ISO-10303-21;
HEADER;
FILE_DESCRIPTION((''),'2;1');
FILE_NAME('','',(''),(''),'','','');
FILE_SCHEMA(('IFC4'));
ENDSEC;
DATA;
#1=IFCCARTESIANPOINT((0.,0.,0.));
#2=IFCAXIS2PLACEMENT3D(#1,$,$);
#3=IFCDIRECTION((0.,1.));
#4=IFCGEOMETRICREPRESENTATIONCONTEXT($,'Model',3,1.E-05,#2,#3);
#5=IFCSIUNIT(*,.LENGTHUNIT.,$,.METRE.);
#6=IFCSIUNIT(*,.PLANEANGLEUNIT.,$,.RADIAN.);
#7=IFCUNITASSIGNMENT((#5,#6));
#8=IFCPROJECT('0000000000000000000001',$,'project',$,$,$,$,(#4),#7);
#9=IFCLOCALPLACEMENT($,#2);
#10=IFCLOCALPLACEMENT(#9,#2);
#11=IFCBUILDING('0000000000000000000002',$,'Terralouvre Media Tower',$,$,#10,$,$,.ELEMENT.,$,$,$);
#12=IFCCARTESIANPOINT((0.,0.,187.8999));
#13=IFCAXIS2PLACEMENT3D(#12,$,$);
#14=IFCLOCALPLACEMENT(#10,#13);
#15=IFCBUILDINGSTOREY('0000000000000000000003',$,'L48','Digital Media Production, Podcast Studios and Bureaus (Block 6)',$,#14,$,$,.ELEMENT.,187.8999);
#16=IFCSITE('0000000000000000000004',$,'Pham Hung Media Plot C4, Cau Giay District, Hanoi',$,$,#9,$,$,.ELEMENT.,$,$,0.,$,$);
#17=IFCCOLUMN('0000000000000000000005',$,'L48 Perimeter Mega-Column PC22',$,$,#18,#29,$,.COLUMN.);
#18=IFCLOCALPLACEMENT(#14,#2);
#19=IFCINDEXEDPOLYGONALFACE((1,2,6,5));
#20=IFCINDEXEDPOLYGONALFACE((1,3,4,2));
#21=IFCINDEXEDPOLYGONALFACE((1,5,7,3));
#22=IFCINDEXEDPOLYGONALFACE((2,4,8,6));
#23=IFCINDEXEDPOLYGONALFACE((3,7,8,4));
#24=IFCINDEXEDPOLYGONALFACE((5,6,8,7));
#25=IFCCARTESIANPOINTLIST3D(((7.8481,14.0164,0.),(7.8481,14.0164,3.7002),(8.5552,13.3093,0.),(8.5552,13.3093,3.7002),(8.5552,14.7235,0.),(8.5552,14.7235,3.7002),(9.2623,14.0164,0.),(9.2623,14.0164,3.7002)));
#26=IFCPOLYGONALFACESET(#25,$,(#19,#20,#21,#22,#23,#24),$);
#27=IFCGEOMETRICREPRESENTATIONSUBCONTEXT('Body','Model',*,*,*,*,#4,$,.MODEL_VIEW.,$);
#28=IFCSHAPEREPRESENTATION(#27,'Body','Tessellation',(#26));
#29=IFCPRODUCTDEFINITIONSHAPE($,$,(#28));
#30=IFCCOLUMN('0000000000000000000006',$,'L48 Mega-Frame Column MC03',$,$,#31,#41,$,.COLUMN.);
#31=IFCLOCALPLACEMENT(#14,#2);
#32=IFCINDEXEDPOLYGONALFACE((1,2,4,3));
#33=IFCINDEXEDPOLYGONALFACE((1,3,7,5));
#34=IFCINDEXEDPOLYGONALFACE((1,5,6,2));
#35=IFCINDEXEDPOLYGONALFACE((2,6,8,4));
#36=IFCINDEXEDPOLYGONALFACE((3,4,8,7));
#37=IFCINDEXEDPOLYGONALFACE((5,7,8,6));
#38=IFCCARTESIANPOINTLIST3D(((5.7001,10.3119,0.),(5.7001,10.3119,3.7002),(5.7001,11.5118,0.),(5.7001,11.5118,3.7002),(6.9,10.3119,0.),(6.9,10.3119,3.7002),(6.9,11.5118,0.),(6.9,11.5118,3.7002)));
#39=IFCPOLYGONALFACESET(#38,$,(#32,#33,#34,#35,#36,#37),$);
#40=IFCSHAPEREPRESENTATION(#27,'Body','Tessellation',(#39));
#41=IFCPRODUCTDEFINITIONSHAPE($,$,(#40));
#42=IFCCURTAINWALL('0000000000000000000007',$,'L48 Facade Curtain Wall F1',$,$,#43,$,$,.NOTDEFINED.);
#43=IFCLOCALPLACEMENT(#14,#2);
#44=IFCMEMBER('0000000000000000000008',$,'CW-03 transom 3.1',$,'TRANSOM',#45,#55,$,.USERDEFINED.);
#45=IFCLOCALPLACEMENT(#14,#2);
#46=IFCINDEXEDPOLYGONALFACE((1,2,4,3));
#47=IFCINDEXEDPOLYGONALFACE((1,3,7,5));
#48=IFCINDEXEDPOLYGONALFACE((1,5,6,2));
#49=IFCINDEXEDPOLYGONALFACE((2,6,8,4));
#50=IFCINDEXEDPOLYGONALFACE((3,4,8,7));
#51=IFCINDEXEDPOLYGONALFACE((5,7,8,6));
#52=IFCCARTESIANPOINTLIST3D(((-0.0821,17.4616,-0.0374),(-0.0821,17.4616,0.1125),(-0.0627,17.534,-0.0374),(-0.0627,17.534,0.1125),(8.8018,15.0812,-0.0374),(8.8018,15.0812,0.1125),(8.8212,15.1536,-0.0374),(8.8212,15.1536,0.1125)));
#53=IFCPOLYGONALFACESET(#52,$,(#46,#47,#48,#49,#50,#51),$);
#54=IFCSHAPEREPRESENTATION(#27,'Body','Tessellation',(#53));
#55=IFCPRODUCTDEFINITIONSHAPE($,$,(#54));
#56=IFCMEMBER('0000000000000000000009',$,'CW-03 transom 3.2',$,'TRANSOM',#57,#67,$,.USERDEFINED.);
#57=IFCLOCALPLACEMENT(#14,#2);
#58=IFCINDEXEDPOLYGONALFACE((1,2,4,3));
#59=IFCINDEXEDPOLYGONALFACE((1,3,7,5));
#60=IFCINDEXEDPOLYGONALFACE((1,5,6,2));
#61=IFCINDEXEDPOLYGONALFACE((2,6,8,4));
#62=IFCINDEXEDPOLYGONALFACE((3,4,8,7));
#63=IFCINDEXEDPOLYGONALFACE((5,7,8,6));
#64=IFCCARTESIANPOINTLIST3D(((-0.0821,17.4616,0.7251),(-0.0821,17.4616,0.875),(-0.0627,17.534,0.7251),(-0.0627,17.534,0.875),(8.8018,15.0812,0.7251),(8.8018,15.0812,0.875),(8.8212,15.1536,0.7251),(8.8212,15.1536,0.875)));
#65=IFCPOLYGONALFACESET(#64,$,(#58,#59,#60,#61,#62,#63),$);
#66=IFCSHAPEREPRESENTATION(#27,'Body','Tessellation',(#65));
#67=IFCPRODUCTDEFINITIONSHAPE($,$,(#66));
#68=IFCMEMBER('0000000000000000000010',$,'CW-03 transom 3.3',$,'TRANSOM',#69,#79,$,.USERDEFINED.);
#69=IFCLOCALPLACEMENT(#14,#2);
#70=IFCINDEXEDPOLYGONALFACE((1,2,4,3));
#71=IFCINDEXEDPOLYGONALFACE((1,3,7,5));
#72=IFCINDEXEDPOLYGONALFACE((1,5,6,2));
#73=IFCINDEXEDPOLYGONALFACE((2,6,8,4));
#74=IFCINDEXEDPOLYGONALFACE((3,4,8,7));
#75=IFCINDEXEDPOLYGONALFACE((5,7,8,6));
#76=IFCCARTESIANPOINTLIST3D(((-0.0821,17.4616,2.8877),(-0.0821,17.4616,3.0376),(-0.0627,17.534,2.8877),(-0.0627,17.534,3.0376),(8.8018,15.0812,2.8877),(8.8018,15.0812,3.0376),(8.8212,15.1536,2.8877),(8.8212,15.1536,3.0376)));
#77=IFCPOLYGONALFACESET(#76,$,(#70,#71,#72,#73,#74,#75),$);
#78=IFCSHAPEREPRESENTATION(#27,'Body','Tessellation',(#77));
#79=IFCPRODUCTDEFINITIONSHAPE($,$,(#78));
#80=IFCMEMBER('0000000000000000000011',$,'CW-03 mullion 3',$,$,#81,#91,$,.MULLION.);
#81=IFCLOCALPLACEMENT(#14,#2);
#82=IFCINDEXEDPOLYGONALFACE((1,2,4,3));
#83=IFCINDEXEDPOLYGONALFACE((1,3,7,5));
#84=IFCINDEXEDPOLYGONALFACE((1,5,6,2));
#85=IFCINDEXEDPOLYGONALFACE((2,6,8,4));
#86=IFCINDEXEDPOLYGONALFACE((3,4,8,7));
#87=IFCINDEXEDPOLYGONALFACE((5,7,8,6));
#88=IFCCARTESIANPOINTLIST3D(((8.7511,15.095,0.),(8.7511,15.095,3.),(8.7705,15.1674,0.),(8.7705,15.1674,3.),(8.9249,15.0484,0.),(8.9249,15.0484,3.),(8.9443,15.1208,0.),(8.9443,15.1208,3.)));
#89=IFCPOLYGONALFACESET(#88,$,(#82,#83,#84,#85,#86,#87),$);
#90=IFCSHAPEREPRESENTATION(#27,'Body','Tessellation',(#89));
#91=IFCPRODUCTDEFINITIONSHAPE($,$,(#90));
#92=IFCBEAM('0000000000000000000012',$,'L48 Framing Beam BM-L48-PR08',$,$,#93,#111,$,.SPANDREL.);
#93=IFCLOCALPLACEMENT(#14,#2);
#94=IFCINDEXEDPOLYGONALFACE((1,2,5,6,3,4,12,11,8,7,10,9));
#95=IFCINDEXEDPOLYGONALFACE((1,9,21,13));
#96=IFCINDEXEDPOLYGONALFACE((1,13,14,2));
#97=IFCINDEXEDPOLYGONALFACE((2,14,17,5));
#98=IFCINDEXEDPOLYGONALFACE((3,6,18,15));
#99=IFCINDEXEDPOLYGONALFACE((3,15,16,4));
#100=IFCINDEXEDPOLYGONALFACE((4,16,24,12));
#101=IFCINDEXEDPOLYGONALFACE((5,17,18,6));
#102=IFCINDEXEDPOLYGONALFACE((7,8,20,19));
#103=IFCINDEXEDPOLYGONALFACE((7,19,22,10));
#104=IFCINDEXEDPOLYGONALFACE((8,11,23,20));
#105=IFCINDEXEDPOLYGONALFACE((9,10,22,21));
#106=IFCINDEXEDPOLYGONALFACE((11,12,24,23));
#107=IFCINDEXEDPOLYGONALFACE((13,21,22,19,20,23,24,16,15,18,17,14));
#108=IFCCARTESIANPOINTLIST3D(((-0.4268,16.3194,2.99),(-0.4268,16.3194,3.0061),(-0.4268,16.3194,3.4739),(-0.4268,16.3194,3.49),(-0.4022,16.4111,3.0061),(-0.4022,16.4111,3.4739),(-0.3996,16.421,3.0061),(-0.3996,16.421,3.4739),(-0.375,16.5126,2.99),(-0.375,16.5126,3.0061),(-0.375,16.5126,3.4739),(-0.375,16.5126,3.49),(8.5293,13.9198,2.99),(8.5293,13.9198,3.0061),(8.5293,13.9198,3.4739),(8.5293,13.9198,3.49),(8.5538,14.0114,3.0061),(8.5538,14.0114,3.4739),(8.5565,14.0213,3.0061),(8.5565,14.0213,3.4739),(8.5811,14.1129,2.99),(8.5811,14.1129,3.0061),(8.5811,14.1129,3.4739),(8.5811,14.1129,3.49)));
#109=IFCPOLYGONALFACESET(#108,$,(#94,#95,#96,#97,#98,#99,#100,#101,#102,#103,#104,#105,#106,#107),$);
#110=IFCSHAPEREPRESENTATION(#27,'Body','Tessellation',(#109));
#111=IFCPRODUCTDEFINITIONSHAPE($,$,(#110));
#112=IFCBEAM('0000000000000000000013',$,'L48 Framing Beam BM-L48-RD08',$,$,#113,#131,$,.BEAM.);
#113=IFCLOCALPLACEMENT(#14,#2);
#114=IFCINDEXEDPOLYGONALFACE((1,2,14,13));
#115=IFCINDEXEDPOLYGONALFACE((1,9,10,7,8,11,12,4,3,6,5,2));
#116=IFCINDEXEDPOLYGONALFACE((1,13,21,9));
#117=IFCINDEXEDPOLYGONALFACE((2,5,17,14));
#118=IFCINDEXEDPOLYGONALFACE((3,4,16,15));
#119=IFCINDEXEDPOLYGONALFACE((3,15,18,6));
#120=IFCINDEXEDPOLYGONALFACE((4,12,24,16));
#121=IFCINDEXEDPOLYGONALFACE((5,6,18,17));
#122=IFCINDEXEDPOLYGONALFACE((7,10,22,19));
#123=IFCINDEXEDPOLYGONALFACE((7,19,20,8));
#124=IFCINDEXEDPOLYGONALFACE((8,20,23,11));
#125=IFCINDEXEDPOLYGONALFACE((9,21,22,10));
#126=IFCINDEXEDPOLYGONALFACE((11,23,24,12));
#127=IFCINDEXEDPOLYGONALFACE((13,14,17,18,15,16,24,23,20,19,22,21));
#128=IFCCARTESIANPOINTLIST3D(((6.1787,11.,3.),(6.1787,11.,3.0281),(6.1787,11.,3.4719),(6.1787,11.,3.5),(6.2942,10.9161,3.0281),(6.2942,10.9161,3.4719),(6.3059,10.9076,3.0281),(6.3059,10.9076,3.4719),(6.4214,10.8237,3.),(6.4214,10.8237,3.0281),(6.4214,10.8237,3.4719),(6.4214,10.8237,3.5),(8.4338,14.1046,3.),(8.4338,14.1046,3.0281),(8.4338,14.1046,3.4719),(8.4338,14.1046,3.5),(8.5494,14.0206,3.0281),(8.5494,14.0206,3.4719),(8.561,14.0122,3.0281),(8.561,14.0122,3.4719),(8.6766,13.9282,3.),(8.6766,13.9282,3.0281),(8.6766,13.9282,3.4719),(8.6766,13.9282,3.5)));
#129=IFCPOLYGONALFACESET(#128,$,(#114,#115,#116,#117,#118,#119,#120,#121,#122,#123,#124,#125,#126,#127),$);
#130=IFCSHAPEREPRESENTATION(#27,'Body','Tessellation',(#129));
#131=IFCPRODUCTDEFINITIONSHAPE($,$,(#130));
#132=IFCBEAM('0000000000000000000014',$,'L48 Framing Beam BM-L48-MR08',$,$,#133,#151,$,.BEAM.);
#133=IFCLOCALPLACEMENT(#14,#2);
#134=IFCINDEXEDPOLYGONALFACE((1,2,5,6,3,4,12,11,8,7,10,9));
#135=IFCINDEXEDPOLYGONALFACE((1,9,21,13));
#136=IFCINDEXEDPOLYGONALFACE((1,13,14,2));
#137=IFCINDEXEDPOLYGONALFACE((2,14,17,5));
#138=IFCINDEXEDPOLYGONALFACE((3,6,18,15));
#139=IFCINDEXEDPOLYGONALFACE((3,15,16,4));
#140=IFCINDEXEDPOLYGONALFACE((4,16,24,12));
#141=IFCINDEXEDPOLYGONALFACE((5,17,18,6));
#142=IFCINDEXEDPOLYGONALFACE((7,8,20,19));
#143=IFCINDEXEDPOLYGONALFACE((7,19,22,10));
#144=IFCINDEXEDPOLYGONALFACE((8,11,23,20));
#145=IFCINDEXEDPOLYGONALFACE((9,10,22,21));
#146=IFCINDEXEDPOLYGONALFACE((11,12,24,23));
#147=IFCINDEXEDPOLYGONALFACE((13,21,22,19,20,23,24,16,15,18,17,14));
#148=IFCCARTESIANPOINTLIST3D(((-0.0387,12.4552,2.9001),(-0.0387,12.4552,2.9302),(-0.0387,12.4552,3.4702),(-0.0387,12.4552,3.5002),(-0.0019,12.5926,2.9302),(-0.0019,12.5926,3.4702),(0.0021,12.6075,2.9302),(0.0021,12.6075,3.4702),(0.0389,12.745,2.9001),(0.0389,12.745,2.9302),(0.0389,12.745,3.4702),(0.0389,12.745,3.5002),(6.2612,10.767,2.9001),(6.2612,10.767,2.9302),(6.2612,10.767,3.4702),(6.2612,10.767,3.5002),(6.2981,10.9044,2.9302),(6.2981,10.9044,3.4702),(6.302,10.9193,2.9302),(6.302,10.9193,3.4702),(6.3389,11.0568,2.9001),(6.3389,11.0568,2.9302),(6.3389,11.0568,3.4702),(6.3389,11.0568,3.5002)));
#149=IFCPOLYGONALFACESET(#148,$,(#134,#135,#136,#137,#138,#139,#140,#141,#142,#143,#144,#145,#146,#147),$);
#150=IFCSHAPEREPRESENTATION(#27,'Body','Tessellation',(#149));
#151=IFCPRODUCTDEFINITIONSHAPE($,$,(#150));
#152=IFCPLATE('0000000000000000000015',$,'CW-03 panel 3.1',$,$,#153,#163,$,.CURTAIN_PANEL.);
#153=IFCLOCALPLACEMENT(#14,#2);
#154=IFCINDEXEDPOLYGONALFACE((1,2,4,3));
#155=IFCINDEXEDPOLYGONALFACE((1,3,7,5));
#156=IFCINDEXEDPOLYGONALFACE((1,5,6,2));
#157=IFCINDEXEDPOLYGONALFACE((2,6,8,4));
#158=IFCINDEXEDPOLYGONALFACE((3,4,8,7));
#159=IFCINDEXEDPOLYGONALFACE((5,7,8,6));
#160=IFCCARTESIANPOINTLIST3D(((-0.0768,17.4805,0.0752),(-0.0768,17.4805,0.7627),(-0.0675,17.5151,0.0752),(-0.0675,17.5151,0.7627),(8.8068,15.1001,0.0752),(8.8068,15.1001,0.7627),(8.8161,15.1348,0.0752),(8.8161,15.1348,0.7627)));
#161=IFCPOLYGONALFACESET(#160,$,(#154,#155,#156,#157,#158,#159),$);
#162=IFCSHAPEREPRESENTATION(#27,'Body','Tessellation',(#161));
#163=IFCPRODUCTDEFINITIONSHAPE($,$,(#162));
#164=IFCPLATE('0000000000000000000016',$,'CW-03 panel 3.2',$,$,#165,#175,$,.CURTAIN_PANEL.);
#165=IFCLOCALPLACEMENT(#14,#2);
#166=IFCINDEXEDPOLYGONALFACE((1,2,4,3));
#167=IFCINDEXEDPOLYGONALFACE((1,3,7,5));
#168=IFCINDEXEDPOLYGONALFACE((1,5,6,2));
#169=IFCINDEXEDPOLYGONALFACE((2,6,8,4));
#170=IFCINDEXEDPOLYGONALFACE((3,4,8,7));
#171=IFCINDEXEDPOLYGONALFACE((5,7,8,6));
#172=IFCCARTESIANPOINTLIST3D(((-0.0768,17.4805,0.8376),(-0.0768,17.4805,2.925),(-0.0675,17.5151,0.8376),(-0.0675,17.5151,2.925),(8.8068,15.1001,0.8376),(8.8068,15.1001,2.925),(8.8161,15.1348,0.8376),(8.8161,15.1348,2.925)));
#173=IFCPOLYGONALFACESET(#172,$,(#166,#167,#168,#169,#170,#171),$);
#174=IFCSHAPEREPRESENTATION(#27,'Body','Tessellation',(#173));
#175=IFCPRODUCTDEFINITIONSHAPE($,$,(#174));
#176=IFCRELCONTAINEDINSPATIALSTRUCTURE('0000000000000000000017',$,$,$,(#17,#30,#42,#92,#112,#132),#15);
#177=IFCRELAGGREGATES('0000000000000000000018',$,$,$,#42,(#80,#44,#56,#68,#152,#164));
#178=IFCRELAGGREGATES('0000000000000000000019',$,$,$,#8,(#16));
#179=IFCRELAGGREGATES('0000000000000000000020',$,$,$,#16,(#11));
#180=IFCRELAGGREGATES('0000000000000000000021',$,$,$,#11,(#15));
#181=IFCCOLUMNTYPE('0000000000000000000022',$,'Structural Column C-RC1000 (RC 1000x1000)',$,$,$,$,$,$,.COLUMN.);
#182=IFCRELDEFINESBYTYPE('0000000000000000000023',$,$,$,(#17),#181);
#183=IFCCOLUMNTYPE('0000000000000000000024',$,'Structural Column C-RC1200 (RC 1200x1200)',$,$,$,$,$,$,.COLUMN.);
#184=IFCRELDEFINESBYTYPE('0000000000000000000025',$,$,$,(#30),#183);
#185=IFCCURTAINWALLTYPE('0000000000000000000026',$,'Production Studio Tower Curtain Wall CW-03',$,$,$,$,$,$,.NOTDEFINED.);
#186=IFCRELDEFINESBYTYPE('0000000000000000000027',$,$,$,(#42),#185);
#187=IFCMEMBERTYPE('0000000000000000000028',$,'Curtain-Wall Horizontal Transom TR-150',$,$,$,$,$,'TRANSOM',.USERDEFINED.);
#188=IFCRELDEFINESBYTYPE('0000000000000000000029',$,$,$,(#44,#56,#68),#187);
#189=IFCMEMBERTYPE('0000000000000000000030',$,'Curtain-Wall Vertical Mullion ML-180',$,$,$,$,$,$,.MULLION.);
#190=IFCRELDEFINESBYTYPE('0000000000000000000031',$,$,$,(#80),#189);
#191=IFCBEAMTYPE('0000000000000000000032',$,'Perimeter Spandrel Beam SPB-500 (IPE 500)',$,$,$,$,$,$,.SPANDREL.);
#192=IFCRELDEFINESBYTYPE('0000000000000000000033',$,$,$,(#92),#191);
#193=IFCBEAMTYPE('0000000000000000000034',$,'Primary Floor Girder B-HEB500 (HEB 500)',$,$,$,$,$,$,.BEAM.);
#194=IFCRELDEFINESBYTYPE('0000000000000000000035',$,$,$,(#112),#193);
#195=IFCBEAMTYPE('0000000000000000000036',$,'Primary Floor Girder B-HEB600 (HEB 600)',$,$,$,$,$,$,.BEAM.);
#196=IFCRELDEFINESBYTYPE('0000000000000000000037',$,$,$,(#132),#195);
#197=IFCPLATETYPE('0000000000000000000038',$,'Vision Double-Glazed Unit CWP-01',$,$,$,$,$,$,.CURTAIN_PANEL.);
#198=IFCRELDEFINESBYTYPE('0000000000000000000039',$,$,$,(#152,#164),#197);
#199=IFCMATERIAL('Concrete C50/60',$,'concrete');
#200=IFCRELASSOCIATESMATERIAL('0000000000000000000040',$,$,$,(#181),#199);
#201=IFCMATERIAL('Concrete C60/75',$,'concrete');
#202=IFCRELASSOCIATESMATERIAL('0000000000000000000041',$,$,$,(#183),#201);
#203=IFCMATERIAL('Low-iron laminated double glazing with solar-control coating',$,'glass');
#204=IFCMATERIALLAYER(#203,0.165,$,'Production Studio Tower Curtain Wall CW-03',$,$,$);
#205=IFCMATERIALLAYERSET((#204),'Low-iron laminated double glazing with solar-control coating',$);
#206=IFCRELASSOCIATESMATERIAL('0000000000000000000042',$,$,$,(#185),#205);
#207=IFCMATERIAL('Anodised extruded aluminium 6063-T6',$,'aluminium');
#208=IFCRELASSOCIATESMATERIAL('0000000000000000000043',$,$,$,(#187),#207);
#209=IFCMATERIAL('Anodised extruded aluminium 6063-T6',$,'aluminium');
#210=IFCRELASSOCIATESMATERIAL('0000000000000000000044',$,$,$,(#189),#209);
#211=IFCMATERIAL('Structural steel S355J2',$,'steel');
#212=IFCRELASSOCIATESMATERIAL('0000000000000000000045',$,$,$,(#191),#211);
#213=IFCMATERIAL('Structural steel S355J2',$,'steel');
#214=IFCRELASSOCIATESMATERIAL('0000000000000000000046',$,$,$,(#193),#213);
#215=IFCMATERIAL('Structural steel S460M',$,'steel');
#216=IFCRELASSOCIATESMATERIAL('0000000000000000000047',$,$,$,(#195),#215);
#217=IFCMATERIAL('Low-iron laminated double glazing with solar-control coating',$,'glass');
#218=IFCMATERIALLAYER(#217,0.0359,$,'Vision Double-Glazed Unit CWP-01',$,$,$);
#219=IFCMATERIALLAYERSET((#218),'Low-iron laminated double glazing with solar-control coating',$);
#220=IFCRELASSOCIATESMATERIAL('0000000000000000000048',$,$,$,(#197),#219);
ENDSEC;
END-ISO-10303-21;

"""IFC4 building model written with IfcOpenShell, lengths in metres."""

from ifc_helpers import new_model, si_unit, direction, frame, origin, origin_2d, place, context, subcontext, project, spatial, rectangle, i_section, extrude, material, layer, layer_set, material_profile, profile_set, type_object, element, aggregate, save


model = new_model("IFC4")

# Units and contexts
model_context = context("Model", 3, precision=1e-05, world=origin(), true_north=direction((0.0, 1.0)))
body_context = subcontext(model_context, "Body", "Model", "MODEL_VIEW")
ifc_project = project(units=[si_unit("LENGTHUNIT", "METRE"), si_unit("PLANEANGLEUNIT", "RADIAN")], contexts=[model_context])

# Site, building, storey
site_placement = place(None, origin())
site = spatial("IfcSite", under=ifc_project, at=site_placement, Name="Pham Hung Media Plot C4, Cau Giay District, Hanoi", CompositionType="ELEMENT", RefElevation=0.0)
building_placement = place(site_placement, origin())
building = spatial("IfcBuilding", under=site, at=building_placement, Name="Terralouvre Media Tower", CompositionType="ELEMENT")
storey_placement = place(building_placement, frame((0.0, 0.0, 187.8999)))
storey = spatial("IfcBuildingStorey", under=building, at=storey_placement, Name="L48", Description="Digital Media Production, Podcast Studios and Bureaus (Block 6)", CompositionType="ELEMENT", Elevation=187.8999)

# Columns
ifc_material_1 = material(Name="Concrete C50/60", Category="concrete")
ifc_material_profile_1 = material_profile(ifc_material_1, rectangle(XDim=1.0, YDim=1.0, at=origin_2d()), Name="RC 1000x1000")
ifc_profile_set_1 = profile_set([ifc_material_profile_1], Name="Concrete C50/60")
column_type_1 = type_object("IfcColumnType", Name="Structural Column C-RC1000 (RC 1000x1000)", PredefinedType="COLUMN", material=ifc_profile_set_1)
column_1_placement = place(storey_placement, frame((8.5552, 14.0164, 0.0), z_axis=(0.0, 0.0, 1.0), x_axis=(0.707107, 0.707107, 0.0)))
element("IfcColumn", 1, at=column_1_placement, inside=storey, type_object=column_type_1, Name="L48 Perimeter Mega-Column PC22", PredefinedType="COLUMN", context=body_context, shape_type="SweptSolid", body=[
    extrude(rectangle(XDim=1.0, YDim=1.0, at=origin_2d()), origin(), (0.0, 0.0, 1.0), 3.7002),
])
ifc_material_2 = material(Name="Concrete C60/75", Category="concrete")
ifc_material_profile_2 = material_profile(ifc_material_2, rectangle(XDim=1.2, YDim=1.2, at=origin_2d()), Name="RC 1200x1200")
ifc_profile_set_2 = profile_set([ifc_material_profile_2], Name="Concrete C60/75")
column_type_2 = type_object("IfcColumnType", Name="Structural Column C-RC1200 (RC 1200x1200)", PredefinedType="COLUMN", material=ifc_profile_set_2)
column_2_placement = place(storey_placement, frame((6.3, 10.9119, 0.0), z_axis=(0.0, 0.0, 1.0), x_axis=(1.0, 0.0, 0.0)))
element("IfcColumn", 2, at=column_2_placement, inside=storey, type_object=column_type_2, Name="L48 Mega-Frame Column MC03", PredefinedType="COLUMN", context=body_context, shape_type="SweptSolid", body=[
    extrude(rectangle(XDim=1.2, YDim=1.2, at=origin_2d()), origin(), (0.0, 0.0, 1.0), 3.7002),
])

# Curtain wall, members
ifc_material_3 = material(Name="Low-iron laminated double glazing with solar-control coating", Category="glass")
ifc_layer_1 = layer(ifc_material_3, 0.165, Name="Production Studio Tower Curtain Wall CW-03")
ifc_layer_set_1 = layer_set([ifc_layer_1], Name="Low-iron laminated double glazing with solar-control coating")
curtain_wall_type = type_object("IfcCurtainWallType", Name="Production Studio Tower Curtain Wall CW-03", PredefinedType="NOTDEFINED", material=ifc_layer_set_1)
curtain_wall_placement = place(storey_placement, origin())
curtain_wall = element("IfcCurtainWall", 3, at=curtain_wall_placement, inside=storey, type_object=curtain_wall_type, Name="L48 Facade Curtain Wall F1", PredefinedType="NOTDEFINED")
ifc_material_4 = material(Name="Anodised extruded aluminium 6063-T6", Category="aluminium")
ifc_material_profile_3 = material_profile(ifc_material_4, rectangle(XDim=0.075, YDim=0.1499, at=origin_2d()), Name="ALU 75x150")
ifc_profile_set_3 = profile_set([ifc_material_profile_3], Name="Anodised extruded aluminium 6063-T6")
member_type_1 = type_object("IfcMemberType", Name="Curtain-Wall Horizontal Transom TR-150", ElementType="TRANSOM", PredefinedType="USERDEFINED", material=ifc_profile_set_3)
member_1_placement = place(storey_placement, frame((8.8115, 15.1174, 0.0376), z_axis=(-0.965927, 0.258816, 0.0), x_axis=(-0.258816, -0.965927, 0.0)))
member_1 = element("IfcMember", 4, at=member_1_placement, type_object=member_type_1, Name="CW-03 transom 3.1", ObjectType="TRANSOM", PredefinedType="USERDEFINED", context=body_context, shape_type="SweptSolid", body=[
    extrude(rectangle(XDim=0.075, YDim=0.1499, at=origin_2d()), origin(), (0.0, 0.0, 1.0), 9.1973),
])
member_2_placement = place(storey_placement, frame((8.8115, 15.1174, 0.8), z_axis=(-0.965927, 0.258816, 0.0), x_axis=(-0.258816, -0.965927, 0.0)))
member_2 = element("IfcMember", 5, at=member_2_placement, type_object=member_type_1, Name="CW-03 transom 3.2", ObjectType="TRANSOM", PredefinedType="USERDEFINED", context=body_context, shape_type="SweptSolid", body=[
    extrude(rectangle(XDim=0.075, YDim=0.1499, at=origin_2d()), origin(), (0.0, 0.0, 1.0), 9.1973),
])
member_3_placement = place(storey_placement, frame((8.8115, 15.1174, 2.9626), z_axis=(-0.965927, 0.258816, 0.0), x_axis=(-0.258816, -0.965927, 0.0)))
member_3 = element("IfcMember", 6, at=member_3_placement, type_object=member_type_1, Name="CW-03 transom 3.3", ObjectType="TRANSOM", PredefinedType="USERDEFINED", context=body_context, shape_type="SweptSolid", body=[
    extrude(rectangle(XDim=0.075, YDim=0.1499, at=origin_2d()), origin(), (0.0, 0.0, 1.0), 9.1973),
])
ifc_material_5 = material(Name="Anodised extruded aluminium 6063-T6", Category="aluminium")
ifc_material_profile_4 = material_profile(ifc_material_5, rectangle(XDim=0.075, YDim=0.1799, at=origin_2d()), Name="ALU 75x180")
ifc_profile_set_4 = profile_set([ifc_material_profile_4], Name="Anodised extruded aluminium 6063-T6")
member_type_2 = type_object("IfcMemberType", Name="Curtain-Wall Vertical Mullion ML-180", PredefinedType="MULLION", material=ifc_profile_set_4)
member_4_placement = place(storey_placement, frame((8.8477, 15.1079, 0.0), z_axis=(0.0, 0.0, 1.0), x_axis=(-0.258819, -0.965926, 0.0)))
member_4 = element("IfcMember", 7, at=member_4_placement, type_object=member_type_2, Name="CW-03 mullion 3", PredefinedType="MULLION", context=body_context, shape_type="SweptSolid", body=[
    extrude(rectangle(XDim=0.075, YDim=0.1799, at=origin_2d()), origin(), (0.0, 0.0, 1.0), 3.0),
])

# Beams
ifc_material_6 = material(Name="Structural steel S355J2", Category="steel")
ifc_material_profile_5 = material_profile(ifc_material_6, i_section(OverallWidth=0.2, OverallDepth=0.5, WebThickness=0.0103, FlangeThickness=0.0161, at=origin_2d()), Name="IPE 500")
ifc_profile_set_5 = profile_set([ifc_material_profile_5], Name="Structural steel S355J2")
beam_type_1 = type_object("IfcBeamType", Name="Perimeter Spandrel Beam SPB-500 (IPE 500)", PredefinedType="SPANDREL", material=ifc_profile_set_5)
beam_1_placement = place(storey_placement, frame((8.5552, 14.0164, 3.24), z_axis=(-0.965929, 0.258808, 0.0), x_axis=(-0.258808, -0.965929, 0.0)))
element("IfcBeam", 8, at=beam_1_placement, inside=storey, type_object=beam_type_1, Name="L48 Framing Beam BM-L48-PR08", PredefinedType="SPANDREL", context=body_context, shape_type="SweptSolid", body=[
    extrude(i_section(OverallWidth=0.2, OverallDepth=0.5, WebThickness=0.0103, FlangeThickness=0.0161, at=origin_2d()), origin(), (0.0, 0.0, 1.0), 9.272),
])
ifc_material_7 = material(Name="Structural steel S355J2", Category="steel")
ifc_material_profile_6 = material_profile(ifc_material_7, i_section(OverallWidth=0.3, OverallDepth=0.5, WebThickness=0.0144, FlangeThickness=0.0281, at=origin_2d()), Name="HEB 500")
ifc_profile_set_6 = profile_set([ifc_material_profile_6], Name="Structural steel S355J2")
beam_type_2 = type_object("IfcBeamType", Name="Primary Floor Girder B-HEB500 (HEB 500)", PredefinedType="BEAM", material=ifc_profile_set_6)
beam_2_placement = place(storey_placement, frame((6.3, 10.9119, 3.25), z_axis=(0.587714, 0.809069, 0.0), x_axis=(-0.809069, 0.587714, 0.0)))
element("IfcBeam", 9, at=beam_2_placement, inside=storey, type_object=beam_type_2, Name="L48 Framing Beam BM-L48-RD08", PredefinedType="BEAM", context=body_context, shape_type="SweptSolid", body=[
    extrude(i_section(OverallWidth=0.3, OverallDepth=0.5, WebThickness=0.0144, FlangeThickness=0.0281, at=origin_2d()), origin(), (0.0, 0.0, 1.0), 3.8372),
])
ifc_material_8 = material(Name="Structural steel S460M", Category="steel")
ifc_material_profile_7 = material_profile(ifc_material_8, i_section(OverallWidth=0.3, OverallDepth=0.6001, WebThickness=0.0154, FlangeThickness=0.03, at=origin_2d()), Name="HEB 600")
ifc_profile_set_7 = profile_set([ifc_material_profile_7], Name="Structural steel S460M")
beam_type_3 = type_object("IfcBeamType", Name="Primary Floor Girder B-HEB600 (HEB 600)", PredefinedType="BEAM", material=ifc_profile_set_7)
beam_3_placement = place(storey_placement, frame((6.3, 10.9119, 3.2002), z_axis=(-0.96592, 0.258839, 0.0), x_axis=(-0.258839, -0.96592, 0.0)))
element("IfcBeam", 10, at=beam_3_placement, inside=storey, type_object=beam_type_3, Name="L48 Framing Beam BM-L48-MR08", PredefinedType="BEAM", context=body_context, shape_type="SweptSolid", body=[
    extrude(i_section(OverallWidth=0.3, OverallDepth=0.6001, WebThickness=0.0154, FlangeThickness=0.03, at=origin_2d()), origin(), (0.0, 0.0, 1.0), 6.5222),
])

# Plates
ifc_material_9 = material(Name="Low-iron laminated double glazing with solar-control coating", Category="glass")
ifc_layer_2 = layer(ifc_material_9, 0.0359, Name="Vision Double-Glazed Unit CWP-01")
ifc_layer_set_2 = layer_set([ifc_layer_2], Name="Low-iron laminated double glazing with solar-control coating")
plate_type = type_object("IfcPlateType", Name="Vision Double-Glazed Unit CWP-01", PredefinedType="CURTAIN_PANEL", material=ifc_layer_set_2)
plate_1_placement = place(storey_placement, frame((4.3696, 16.3076, 0.0752), z_axis=(0.0, 0.0, 1.0), x_axis=(-0.965926, 0.258819, 0.0)))
plate_1 = element("IfcPlate", 11, at=plate_1_placement, type_object=plate_type, Name="CW-03 panel 3.1", PredefinedType="CURTAIN_PANEL", context=body_context, shape_type="SweptSolid", body=[
    extrude(rectangle(XDim=9.197, YDim=0.0359, at=origin_2d()), origin(), (0.0, 0.0, 1.0), 0.6875),
])
plate_2_placement = place(storey_placement, frame((4.3696, 16.3076, 0.8376), z_axis=(0.0, 0.0, 1.0), x_axis=(-0.965926, 0.258819, 0.0)))
plate_2 = element("IfcPlate", 12, at=plate_2_placement, type_object=plate_type, Name="CW-03 panel 3.2", PredefinedType="CURTAIN_PANEL", context=body_context, shape_type="SweptSolid", body=[
    extrude(rectangle(XDim=9.197, YDim=0.0359, at=origin_2d()), origin(), (0.0, 0.0, 1.0), 2.0874),
])
aggregate(curtain_wall, [member_4, member_1, member_2, member_3, plate_1, plate_2])

save(model, "model.ifc")
